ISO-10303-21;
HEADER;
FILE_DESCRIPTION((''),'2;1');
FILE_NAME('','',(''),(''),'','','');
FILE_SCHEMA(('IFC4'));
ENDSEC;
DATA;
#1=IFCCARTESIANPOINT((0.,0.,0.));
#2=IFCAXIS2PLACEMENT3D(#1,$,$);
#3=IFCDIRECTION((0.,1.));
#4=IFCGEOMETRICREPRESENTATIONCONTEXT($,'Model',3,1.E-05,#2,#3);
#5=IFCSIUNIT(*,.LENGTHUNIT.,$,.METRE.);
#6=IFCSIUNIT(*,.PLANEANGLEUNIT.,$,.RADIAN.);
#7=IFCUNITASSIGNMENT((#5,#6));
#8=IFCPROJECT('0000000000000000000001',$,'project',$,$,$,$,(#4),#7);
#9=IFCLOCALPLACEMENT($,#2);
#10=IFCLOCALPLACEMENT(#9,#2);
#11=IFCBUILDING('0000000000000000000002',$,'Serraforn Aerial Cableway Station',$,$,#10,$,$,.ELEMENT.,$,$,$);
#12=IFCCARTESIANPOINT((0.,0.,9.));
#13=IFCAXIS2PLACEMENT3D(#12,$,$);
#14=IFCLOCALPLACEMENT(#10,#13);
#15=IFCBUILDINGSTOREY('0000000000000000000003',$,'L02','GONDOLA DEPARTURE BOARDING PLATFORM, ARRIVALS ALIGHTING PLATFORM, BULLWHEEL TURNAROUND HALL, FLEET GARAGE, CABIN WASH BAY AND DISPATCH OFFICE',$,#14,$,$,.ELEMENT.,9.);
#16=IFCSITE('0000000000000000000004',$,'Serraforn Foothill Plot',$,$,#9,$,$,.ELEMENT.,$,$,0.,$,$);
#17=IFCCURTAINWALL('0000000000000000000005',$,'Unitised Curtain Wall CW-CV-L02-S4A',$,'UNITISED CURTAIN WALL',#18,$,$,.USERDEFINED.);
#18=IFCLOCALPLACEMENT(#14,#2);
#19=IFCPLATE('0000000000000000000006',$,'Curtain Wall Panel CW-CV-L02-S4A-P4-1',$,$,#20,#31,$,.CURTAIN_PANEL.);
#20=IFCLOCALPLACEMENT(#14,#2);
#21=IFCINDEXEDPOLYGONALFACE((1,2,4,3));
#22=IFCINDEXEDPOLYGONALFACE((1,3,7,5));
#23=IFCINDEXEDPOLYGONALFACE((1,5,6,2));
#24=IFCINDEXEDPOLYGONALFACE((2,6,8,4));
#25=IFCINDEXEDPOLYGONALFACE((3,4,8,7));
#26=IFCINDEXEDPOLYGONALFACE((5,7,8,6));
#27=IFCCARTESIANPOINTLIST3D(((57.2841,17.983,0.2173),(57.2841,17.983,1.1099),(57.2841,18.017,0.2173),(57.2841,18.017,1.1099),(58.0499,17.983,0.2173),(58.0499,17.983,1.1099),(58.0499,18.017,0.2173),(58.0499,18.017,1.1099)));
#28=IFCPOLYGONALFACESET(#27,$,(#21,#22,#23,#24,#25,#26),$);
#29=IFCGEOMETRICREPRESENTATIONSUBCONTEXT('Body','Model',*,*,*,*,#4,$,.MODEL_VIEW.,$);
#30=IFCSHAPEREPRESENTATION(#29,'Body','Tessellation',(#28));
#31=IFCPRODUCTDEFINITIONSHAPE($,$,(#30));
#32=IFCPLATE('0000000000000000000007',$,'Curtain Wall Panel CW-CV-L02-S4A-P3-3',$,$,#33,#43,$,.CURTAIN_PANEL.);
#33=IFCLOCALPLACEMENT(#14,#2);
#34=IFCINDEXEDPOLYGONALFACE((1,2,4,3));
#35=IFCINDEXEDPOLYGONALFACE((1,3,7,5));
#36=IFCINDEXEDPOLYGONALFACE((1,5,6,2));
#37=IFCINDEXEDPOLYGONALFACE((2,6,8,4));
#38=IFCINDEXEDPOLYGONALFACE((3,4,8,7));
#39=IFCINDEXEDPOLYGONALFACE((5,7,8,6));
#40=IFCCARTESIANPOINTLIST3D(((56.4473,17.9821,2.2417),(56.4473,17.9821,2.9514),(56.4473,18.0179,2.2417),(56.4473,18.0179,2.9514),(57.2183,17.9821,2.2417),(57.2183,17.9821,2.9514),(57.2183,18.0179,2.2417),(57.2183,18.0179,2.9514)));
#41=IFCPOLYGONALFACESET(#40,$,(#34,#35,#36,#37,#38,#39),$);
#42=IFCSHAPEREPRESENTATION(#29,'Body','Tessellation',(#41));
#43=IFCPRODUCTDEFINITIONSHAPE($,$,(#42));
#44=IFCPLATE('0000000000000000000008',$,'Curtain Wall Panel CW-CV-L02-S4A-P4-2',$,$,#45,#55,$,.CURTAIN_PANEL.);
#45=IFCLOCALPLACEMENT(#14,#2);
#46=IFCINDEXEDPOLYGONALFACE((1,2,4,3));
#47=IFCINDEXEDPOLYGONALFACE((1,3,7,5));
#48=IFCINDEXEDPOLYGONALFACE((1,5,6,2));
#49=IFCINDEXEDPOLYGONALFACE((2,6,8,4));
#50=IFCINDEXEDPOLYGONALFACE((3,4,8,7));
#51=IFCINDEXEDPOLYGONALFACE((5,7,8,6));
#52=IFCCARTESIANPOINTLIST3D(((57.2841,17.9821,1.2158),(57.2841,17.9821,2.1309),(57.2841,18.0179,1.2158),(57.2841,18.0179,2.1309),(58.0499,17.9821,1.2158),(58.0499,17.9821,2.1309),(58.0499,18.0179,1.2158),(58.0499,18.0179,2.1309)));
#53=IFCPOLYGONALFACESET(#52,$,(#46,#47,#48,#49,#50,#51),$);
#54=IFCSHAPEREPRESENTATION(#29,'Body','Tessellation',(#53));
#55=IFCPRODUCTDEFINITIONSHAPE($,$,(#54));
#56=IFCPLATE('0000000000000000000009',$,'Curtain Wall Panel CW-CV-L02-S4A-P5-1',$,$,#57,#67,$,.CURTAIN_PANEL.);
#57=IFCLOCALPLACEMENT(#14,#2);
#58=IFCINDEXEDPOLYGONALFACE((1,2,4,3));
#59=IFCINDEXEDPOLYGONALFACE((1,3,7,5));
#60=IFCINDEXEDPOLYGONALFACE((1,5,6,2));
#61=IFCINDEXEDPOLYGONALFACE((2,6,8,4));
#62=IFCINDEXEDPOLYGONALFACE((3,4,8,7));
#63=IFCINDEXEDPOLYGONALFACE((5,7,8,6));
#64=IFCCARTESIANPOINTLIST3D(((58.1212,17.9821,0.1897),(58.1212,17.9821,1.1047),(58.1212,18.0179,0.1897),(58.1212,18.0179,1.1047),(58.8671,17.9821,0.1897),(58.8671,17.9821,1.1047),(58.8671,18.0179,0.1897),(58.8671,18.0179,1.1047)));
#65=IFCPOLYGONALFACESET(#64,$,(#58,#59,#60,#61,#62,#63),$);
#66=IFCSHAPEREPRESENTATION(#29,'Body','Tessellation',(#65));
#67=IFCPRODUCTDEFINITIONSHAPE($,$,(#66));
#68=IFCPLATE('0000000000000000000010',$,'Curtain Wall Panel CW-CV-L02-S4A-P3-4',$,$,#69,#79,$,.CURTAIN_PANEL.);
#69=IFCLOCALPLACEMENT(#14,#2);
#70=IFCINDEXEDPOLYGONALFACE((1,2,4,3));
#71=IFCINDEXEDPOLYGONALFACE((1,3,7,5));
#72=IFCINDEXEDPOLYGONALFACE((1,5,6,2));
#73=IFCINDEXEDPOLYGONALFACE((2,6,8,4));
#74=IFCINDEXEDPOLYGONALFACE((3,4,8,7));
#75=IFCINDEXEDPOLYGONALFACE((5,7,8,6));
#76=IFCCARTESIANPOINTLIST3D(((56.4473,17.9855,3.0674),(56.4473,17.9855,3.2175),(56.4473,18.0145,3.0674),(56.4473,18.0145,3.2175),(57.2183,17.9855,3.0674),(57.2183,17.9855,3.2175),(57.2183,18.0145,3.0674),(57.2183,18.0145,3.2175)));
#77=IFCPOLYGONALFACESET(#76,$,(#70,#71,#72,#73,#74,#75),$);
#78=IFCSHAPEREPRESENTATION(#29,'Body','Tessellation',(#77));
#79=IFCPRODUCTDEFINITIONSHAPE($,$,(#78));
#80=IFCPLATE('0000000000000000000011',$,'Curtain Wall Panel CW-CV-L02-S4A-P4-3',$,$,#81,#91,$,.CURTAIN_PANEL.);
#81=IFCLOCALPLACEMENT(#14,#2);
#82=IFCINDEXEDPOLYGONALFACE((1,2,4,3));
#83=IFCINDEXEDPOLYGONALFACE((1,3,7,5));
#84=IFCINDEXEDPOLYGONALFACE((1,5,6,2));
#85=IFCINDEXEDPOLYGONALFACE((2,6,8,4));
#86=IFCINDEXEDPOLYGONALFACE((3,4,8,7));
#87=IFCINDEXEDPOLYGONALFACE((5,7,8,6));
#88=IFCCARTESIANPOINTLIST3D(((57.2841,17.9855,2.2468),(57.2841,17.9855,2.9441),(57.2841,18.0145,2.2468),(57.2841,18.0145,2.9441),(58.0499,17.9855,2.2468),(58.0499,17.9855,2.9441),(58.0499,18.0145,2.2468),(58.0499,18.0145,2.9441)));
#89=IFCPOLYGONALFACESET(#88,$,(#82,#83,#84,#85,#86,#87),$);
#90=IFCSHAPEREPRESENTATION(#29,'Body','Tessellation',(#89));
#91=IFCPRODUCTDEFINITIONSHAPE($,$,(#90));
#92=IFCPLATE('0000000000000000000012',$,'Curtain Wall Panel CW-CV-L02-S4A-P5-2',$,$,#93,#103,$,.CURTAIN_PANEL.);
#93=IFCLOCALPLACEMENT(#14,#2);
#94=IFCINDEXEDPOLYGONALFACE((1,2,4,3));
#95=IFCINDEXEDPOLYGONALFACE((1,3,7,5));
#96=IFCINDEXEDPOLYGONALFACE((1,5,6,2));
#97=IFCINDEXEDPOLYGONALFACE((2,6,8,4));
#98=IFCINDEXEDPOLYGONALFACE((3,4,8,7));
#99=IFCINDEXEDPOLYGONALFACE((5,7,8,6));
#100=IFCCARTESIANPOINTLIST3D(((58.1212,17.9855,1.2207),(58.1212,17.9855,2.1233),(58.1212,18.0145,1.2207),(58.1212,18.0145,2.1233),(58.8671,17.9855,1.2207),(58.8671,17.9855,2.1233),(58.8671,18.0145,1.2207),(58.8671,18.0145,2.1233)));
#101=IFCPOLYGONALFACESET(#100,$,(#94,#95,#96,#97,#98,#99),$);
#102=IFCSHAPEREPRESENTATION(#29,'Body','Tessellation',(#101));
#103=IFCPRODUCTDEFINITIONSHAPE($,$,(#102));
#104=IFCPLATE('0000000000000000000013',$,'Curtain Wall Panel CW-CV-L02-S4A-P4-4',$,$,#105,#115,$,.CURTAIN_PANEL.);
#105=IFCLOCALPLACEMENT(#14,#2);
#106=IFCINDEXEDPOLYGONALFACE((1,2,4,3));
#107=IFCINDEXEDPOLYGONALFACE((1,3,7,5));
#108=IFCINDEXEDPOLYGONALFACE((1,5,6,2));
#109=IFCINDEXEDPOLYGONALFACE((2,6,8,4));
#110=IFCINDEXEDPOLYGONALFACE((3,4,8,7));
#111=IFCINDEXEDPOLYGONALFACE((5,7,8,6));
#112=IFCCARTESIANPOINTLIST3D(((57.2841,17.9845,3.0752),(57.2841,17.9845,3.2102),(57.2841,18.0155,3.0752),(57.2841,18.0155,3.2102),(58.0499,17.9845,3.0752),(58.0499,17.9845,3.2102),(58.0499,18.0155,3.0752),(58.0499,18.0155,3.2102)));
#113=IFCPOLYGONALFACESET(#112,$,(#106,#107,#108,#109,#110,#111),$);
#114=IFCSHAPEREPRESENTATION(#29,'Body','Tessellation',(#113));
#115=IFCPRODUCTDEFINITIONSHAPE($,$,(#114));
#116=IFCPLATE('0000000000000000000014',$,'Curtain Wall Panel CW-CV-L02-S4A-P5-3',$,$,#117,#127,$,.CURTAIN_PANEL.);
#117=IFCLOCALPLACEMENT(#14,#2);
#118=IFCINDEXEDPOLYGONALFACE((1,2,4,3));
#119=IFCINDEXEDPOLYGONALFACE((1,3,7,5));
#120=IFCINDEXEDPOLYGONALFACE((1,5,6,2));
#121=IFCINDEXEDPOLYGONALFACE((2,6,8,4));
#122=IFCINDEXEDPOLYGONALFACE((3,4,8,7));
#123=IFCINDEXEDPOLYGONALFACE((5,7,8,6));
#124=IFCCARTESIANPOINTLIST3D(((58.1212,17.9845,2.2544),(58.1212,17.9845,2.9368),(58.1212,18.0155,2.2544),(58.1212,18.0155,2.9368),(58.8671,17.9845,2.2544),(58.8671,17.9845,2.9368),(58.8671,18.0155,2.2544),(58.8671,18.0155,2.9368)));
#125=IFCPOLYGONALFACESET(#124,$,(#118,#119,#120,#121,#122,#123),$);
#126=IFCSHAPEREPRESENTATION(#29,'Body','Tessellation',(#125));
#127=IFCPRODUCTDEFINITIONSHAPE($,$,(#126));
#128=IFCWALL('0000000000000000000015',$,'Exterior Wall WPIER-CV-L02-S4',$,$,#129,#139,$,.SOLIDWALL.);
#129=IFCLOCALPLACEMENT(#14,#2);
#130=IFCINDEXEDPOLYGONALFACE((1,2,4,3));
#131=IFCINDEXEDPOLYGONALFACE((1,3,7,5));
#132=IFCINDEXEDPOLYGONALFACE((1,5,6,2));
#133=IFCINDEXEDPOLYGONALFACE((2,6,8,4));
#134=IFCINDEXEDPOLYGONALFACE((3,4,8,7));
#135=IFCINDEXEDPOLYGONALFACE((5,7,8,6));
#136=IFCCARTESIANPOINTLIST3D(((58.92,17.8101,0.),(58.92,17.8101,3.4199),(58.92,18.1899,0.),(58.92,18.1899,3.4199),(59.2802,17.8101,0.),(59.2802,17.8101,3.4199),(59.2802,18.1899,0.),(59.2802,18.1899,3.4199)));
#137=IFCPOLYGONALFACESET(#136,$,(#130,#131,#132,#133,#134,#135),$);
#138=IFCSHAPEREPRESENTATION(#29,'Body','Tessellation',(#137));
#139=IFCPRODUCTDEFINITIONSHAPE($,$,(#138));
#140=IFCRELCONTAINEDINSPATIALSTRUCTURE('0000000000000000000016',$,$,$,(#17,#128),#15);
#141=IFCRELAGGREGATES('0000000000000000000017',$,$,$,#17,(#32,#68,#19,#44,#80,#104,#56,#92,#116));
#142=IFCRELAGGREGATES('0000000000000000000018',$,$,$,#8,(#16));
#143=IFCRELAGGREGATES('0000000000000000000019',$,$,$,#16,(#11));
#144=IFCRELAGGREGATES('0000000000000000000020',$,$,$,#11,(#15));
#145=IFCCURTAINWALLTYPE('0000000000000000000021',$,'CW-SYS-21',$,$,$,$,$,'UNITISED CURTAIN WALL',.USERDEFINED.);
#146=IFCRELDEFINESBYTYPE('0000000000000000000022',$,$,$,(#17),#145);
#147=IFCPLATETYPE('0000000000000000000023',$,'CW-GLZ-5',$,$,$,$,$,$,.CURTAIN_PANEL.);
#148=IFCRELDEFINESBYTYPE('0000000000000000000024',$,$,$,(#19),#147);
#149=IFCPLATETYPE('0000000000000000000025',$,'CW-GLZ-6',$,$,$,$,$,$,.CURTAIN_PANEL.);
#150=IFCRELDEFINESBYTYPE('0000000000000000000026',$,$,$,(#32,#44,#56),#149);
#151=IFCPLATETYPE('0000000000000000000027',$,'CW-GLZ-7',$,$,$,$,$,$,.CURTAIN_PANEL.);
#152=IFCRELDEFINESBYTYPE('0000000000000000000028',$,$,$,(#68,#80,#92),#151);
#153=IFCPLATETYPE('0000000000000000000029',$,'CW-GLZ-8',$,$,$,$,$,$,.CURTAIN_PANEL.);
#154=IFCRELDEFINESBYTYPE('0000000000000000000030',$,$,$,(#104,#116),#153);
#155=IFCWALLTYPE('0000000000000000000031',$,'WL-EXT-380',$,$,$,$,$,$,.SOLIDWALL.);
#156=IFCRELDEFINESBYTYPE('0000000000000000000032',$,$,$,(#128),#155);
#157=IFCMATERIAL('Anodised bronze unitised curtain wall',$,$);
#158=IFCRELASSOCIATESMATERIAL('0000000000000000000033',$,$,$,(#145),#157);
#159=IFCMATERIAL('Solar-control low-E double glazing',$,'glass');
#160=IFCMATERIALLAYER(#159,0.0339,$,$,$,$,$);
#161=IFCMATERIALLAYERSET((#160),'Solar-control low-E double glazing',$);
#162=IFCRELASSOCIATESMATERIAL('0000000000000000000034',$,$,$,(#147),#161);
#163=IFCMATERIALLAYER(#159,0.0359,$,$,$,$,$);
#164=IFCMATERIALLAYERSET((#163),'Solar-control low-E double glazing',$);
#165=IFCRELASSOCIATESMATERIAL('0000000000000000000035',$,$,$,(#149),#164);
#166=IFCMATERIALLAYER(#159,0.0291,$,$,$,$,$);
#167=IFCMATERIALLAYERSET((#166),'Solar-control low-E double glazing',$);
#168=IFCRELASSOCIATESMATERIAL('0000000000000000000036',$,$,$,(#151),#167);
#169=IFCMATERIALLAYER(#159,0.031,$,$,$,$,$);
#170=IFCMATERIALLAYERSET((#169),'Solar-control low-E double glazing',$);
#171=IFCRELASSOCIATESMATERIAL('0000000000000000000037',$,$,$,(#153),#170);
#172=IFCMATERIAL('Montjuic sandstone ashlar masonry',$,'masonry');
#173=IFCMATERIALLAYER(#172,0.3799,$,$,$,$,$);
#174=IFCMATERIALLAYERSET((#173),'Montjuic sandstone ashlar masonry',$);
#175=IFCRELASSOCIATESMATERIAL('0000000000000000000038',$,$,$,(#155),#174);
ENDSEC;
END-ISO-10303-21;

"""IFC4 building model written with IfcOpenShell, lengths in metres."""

from ifc_helpers import new_model, si_unit, direction, frame, frame_2d, origin, origin_2d, place, context, subcontext, project, spatial, rectangle, extrude, material, layer, layer_set, type_object, element, aggregate, save


model = new_model("IFC4")

# Units and contexts
model_context = context("Model", 3, precision=1e-05, world=origin(), true_north=direction((0.0, 1.0)))
body_context = subcontext(model_context, "Body", "Model", "MODEL_VIEW")
ifc_project = project(units=[si_unit("LENGTHUNIT", "METRE"), si_unit("PLANEANGLEUNIT", "RADIAN")], contexts=[model_context])

# Site, building, storey
site_placement = place(None, origin())
site = spatial("IfcSite", under=ifc_project, at=site_placement, Name="Serraforn Foothill Plot", CompositionType="ELEMENT", RefElevation=0.0)
building_placement = place(site_placement, origin())
building = spatial("IfcBuilding", under=site, at=building_placement, Name="Serraforn Aerial Cableway Station", CompositionType="ELEMENT")
storey_placement = place(building_placement, frame((0.0, 0.0, 9.0)))
storey = spatial("IfcBuildingStorey", under=building, at=storey_placement, Name="L02", Description="GONDOLA DEPARTURE BOARDING PLATFORM, ARRIVALS ALIGHTING PLATFORM, BULLWHEEL TURNAROUND HALL, FLEET GARAGE, CABIN WASH BAY AND DISPATCH OFFICE", CompositionType="ELEMENT", Elevation=9.0)

# Curtain wall
ifc_material_1 = material(Name="Anodised bronze unitised curtain wall")
curtain_wall_type_1 = type_object("IfcCurtainWallType", Name="CW-SYS-21", ElementType="UNITISED CURTAIN WALL", PredefinedType="USERDEFINED", material=ifc_material_1)
curtain_wall_1_placement = place(storey_placement, origin())
curtain_wall_1 = element("IfcCurtainWall", 1, at=curtain_wall_1_placement, inside=storey, type_object=curtain_wall_type_1, Name="Unitised Curtain Wall CW-CV-L02-S4A", ObjectType="UNITISED CURTAIN WALL", PredefinedType="USERDEFINED")

# Plates
ifc_material_2 = material(Name="Solar-control low-E double glazing", Category="glass")
ifc_layer_1 = layer(ifc_material_2, 0.0339)
ifc_layer_set_1 = layer_set([ifc_layer_1], Name="Solar-control low-E double glazing")
plate_type_1 = type_object("IfcPlateType", Name="CW-GLZ-5", PredefinedType="CURTAIN_PANEL", material=ifc_layer_set_1)
plate_1_placement = place(storey_placement, frame((57.667, 18.0, 0.2173), z_axis=(0.0, 0.0, 1.0), x_axis=(1.0, 0.0, 0.0)))
plate_1 = element("IfcPlate", 2, at=plate_1_placement, type_object=plate_type_1, Name="Curtain Wall Panel CW-CV-L02-S4A-P4-1", PredefinedType="CURTAIN_PANEL", context=body_context, shape_type="SweptSolid", body=[
    extrude(rectangle(XDim=0.7659, YDim=0.0339, at=origin_2d()), origin(), (0.0, 0.0, 1.0), 0.8926),
])
ifc_layer_2 = layer(ifc_material_2, 0.0359)
ifc_layer_set_2 = layer_set([ifc_layer_2], Name="Solar-control low-E double glazing")
plate_type_2 = type_object("IfcPlateType", Name="CW-GLZ-6", PredefinedType="CURTAIN_PANEL", material=ifc_layer_set_2)
plate_2_placement = place(storey_placement, frame((56.8328, 18.0, 2.2417), z_axis=(0.0, 0.0, 1.0), x_axis=(1.0, 0.0, 0.0)))
plate_2 = element("IfcPlate", 3, at=plate_2_placement, type_object=plate_type_2, Name="Curtain Wall Panel CW-CV-L02-S4A-P3-3", PredefinedType="CURTAIN_PANEL", context=body_context, shape_type="SweptSolid", body=[
    extrude(rectangle(XDim=0.771, YDim=0.0359, at=origin_2d()), origin(), (0.0, 0.0, 1.0), 0.7097),
])
plate_3_placement = place(storey_placement, frame((57.667, 18.0, 1.2158), z_axis=(0.0, 0.0, 1.0), x_axis=(1.0, 0.0, 0.0)))
plate_3 = element("IfcPlate", 4, at=plate_3_placement, type_object=plate_type_2, Name="Curtain Wall Panel CW-CV-L02-S4A-P4-2", PredefinedType="CURTAIN_PANEL", context=body_context, shape_type="SweptSolid", body=[
    extrude(rectangle(XDim=0.7659, YDim=0.0359, at=origin_2d()), origin(), (0.0, 0.0, 1.0), 0.915),
])
plate_4_placement = place(storey_placement, frame((58.4941, 18.0, 0.1897), z_axis=(0.0, 0.0, 1.0), x_axis=(1.0, 0.0, 0.0)))
plate_4 = element("IfcPlate", 5, at=plate_4_placement, type_object=plate_type_2, Name="Curtain Wall Panel CW-CV-L02-S4A-P5-1", PredefinedType="CURTAIN_PANEL", context=body_context, shape_type="SweptSolid", body=[
    extrude(rectangle(XDim=0.7458, YDim=0.0359, at=origin_2d()), origin(), (0.0, 0.0, 1.0), 0.915),
])
ifc_layer_3 = layer(ifc_material_2, 0.0291)
ifc_layer_set_3 = layer_set([ifc_layer_3], Name="Solar-control low-E double glazing")
plate_type_3 = type_object("IfcPlateType", Name="CW-GLZ-7", PredefinedType="CURTAIN_PANEL", material=ifc_layer_set_3)
plate_5_placement = place(storey_placement, frame((56.8328, 18.0, 3.0674), z_axis=(0.0, 0.0, 1.0), x_axis=(1.0, 0.0, 0.0)))
plate_5 = element("IfcPlate", 6, at=plate_5_placement, type_object=plate_type_3, Name="Curtain Wall Panel CW-CV-L02-S4A-P3-4", PredefinedType="CURTAIN_PANEL", context=body_context, shape_type="SweptSolid", body=[
    extrude(rectangle(XDim=0.771, YDim=0.0291, at=origin_2d()), origin(), (0.0, 0.0, 1.0), 0.1501),
])
plate_6_placement = place(storey_placement, frame((57.667, 18.0, 2.2468), z_axis=(0.0, 0.0, 1.0), x_axis=(1.0, 0.0, 0.0)))
plate_6 = element("IfcPlate", 7, at=plate_6_placement, type_object=plate_type_3, Name="Curtain Wall Panel CW-CV-L02-S4A-P4-3", PredefinedType="CURTAIN_PANEL", context=body_context, shape_type="SweptSolid", body=[
    extrude(rectangle(XDim=0.7659, YDim=0.0291, at=origin_2d()), origin(), (0.0, 0.0, 1.0), 0.6973),
])
plate_7_placement = place(storey_placement, frame((58.4941, 18.0, 1.2207), z_axis=(0.0, 0.0, 1.0), x_axis=(1.0, 0.0, 0.0)))
plate_7 = element("IfcPlate", 8, at=plate_7_placement, type_object=plate_type_3, Name="Curtain Wall Panel CW-CV-L02-S4A-P5-2", PredefinedType="CURTAIN_PANEL", context=body_context, shape_type="SweptSolid", body=[
    extrude(rectangle(XDim=0.7458, YDim=0.0291, at=origin_2d()), origin(), (0.0, 0.0, 1.0), 0.9026),
])
ifc_layer_4 = layer(ifc_material_2, 0.031)
ifc_layer_set_4 = layer_set([ifc_layer_4], Name="Solar-control low-E double glazing")
plate_type_4 = type_object("IfcPlateType", Name="CW-GLZ-8", PredefinedType="CURTAIN_PANEL", material=ifc_layer_set_4)
plate_8_placement = place(storey_placement, frame((57.667, 18.0, 3.0752), z_axis=(0.0, 0.0, 1.0), x_axis=(1.0, 0.0, 0.0)))
plate_8 = element("IfcPlate", 9, at=plate_8_placement, type_object=plate_type_4, Name="Curtain Wall Panel CW-CV-L02-S4A-P4-4", PredefinedType="CURTAIN_PANEL", context=body_context, shape_type="SweptSolid", body=[
    extrude(rectangle(XDim=0.7659, YDim=0.031, at=origin_2d()), origin(), (0.0, 0.0, 1.0), 0.135),
])
plate_9_placement = place(storey_placement, frame((58.4941, 18.0, 2.2544), z_axis=(0.0, 0.0, 1.0), x_axis=(1.0, 0.0, 0.0)))
plate_9 = element("IfcPlate", 10, at=plate_9_placement, type_object=plate_type_4, Name="Curtain Wall Panel CW-CV-L02-S4A-P5-3", PredefinedType="CURTAIN_PANEL", context=body_context, shape_type="SweptSolid", body=[
    extrude(rectangle(XDim=0.7458, YDim=0.031, at=origin_2d()), origin(), (0.0, 0.0, 1.0), 0.6824),
])
aggregate(curtain_wall_1, [plate_2, plate_5, plate_1, plate_3, plate_6, plate_8, plate_4, plate_7, plate_9])

# Wall
ifc_material_3 = material(Name="Montjuic sandstone ashlar masonry", Category="masonry")
ifc_layer_5 = layer(ifc_material_3, 0.3799)
ifc_layer_set_5 = layer_set([ifc_layer_5], Name="Montjuic sandstone ashlar masonry")
wall_type = type_object("IfcWallType", Name="WL-EXT-380", PredefinedType="SOLIDWALL", material=ifc_layer_set_5)
wall_placement = place(storey_placement, frame((58.9199, 18.0, 0.0), z_axis=(0.0, 0.0, 1.0), x_axis=(1.0, 0.0, 0.0)))
element("IfcWall", 11, at=wall_placement, inside=storey, type_object=wall_type, Name="Exterior Wall WPIER-CV-L02-S4", PredefinedType="SOLIDWALL", context=body_context, shape_type="SweptSolid", body=[
    extrude(rectangle(XDim=0.3601, YDim=0.3799, at=frame_2d((0.1802, 0.0))), origin(), (0.0, 0.0, 1.0), 3.4199),
])

save(model, "model.ifc")
